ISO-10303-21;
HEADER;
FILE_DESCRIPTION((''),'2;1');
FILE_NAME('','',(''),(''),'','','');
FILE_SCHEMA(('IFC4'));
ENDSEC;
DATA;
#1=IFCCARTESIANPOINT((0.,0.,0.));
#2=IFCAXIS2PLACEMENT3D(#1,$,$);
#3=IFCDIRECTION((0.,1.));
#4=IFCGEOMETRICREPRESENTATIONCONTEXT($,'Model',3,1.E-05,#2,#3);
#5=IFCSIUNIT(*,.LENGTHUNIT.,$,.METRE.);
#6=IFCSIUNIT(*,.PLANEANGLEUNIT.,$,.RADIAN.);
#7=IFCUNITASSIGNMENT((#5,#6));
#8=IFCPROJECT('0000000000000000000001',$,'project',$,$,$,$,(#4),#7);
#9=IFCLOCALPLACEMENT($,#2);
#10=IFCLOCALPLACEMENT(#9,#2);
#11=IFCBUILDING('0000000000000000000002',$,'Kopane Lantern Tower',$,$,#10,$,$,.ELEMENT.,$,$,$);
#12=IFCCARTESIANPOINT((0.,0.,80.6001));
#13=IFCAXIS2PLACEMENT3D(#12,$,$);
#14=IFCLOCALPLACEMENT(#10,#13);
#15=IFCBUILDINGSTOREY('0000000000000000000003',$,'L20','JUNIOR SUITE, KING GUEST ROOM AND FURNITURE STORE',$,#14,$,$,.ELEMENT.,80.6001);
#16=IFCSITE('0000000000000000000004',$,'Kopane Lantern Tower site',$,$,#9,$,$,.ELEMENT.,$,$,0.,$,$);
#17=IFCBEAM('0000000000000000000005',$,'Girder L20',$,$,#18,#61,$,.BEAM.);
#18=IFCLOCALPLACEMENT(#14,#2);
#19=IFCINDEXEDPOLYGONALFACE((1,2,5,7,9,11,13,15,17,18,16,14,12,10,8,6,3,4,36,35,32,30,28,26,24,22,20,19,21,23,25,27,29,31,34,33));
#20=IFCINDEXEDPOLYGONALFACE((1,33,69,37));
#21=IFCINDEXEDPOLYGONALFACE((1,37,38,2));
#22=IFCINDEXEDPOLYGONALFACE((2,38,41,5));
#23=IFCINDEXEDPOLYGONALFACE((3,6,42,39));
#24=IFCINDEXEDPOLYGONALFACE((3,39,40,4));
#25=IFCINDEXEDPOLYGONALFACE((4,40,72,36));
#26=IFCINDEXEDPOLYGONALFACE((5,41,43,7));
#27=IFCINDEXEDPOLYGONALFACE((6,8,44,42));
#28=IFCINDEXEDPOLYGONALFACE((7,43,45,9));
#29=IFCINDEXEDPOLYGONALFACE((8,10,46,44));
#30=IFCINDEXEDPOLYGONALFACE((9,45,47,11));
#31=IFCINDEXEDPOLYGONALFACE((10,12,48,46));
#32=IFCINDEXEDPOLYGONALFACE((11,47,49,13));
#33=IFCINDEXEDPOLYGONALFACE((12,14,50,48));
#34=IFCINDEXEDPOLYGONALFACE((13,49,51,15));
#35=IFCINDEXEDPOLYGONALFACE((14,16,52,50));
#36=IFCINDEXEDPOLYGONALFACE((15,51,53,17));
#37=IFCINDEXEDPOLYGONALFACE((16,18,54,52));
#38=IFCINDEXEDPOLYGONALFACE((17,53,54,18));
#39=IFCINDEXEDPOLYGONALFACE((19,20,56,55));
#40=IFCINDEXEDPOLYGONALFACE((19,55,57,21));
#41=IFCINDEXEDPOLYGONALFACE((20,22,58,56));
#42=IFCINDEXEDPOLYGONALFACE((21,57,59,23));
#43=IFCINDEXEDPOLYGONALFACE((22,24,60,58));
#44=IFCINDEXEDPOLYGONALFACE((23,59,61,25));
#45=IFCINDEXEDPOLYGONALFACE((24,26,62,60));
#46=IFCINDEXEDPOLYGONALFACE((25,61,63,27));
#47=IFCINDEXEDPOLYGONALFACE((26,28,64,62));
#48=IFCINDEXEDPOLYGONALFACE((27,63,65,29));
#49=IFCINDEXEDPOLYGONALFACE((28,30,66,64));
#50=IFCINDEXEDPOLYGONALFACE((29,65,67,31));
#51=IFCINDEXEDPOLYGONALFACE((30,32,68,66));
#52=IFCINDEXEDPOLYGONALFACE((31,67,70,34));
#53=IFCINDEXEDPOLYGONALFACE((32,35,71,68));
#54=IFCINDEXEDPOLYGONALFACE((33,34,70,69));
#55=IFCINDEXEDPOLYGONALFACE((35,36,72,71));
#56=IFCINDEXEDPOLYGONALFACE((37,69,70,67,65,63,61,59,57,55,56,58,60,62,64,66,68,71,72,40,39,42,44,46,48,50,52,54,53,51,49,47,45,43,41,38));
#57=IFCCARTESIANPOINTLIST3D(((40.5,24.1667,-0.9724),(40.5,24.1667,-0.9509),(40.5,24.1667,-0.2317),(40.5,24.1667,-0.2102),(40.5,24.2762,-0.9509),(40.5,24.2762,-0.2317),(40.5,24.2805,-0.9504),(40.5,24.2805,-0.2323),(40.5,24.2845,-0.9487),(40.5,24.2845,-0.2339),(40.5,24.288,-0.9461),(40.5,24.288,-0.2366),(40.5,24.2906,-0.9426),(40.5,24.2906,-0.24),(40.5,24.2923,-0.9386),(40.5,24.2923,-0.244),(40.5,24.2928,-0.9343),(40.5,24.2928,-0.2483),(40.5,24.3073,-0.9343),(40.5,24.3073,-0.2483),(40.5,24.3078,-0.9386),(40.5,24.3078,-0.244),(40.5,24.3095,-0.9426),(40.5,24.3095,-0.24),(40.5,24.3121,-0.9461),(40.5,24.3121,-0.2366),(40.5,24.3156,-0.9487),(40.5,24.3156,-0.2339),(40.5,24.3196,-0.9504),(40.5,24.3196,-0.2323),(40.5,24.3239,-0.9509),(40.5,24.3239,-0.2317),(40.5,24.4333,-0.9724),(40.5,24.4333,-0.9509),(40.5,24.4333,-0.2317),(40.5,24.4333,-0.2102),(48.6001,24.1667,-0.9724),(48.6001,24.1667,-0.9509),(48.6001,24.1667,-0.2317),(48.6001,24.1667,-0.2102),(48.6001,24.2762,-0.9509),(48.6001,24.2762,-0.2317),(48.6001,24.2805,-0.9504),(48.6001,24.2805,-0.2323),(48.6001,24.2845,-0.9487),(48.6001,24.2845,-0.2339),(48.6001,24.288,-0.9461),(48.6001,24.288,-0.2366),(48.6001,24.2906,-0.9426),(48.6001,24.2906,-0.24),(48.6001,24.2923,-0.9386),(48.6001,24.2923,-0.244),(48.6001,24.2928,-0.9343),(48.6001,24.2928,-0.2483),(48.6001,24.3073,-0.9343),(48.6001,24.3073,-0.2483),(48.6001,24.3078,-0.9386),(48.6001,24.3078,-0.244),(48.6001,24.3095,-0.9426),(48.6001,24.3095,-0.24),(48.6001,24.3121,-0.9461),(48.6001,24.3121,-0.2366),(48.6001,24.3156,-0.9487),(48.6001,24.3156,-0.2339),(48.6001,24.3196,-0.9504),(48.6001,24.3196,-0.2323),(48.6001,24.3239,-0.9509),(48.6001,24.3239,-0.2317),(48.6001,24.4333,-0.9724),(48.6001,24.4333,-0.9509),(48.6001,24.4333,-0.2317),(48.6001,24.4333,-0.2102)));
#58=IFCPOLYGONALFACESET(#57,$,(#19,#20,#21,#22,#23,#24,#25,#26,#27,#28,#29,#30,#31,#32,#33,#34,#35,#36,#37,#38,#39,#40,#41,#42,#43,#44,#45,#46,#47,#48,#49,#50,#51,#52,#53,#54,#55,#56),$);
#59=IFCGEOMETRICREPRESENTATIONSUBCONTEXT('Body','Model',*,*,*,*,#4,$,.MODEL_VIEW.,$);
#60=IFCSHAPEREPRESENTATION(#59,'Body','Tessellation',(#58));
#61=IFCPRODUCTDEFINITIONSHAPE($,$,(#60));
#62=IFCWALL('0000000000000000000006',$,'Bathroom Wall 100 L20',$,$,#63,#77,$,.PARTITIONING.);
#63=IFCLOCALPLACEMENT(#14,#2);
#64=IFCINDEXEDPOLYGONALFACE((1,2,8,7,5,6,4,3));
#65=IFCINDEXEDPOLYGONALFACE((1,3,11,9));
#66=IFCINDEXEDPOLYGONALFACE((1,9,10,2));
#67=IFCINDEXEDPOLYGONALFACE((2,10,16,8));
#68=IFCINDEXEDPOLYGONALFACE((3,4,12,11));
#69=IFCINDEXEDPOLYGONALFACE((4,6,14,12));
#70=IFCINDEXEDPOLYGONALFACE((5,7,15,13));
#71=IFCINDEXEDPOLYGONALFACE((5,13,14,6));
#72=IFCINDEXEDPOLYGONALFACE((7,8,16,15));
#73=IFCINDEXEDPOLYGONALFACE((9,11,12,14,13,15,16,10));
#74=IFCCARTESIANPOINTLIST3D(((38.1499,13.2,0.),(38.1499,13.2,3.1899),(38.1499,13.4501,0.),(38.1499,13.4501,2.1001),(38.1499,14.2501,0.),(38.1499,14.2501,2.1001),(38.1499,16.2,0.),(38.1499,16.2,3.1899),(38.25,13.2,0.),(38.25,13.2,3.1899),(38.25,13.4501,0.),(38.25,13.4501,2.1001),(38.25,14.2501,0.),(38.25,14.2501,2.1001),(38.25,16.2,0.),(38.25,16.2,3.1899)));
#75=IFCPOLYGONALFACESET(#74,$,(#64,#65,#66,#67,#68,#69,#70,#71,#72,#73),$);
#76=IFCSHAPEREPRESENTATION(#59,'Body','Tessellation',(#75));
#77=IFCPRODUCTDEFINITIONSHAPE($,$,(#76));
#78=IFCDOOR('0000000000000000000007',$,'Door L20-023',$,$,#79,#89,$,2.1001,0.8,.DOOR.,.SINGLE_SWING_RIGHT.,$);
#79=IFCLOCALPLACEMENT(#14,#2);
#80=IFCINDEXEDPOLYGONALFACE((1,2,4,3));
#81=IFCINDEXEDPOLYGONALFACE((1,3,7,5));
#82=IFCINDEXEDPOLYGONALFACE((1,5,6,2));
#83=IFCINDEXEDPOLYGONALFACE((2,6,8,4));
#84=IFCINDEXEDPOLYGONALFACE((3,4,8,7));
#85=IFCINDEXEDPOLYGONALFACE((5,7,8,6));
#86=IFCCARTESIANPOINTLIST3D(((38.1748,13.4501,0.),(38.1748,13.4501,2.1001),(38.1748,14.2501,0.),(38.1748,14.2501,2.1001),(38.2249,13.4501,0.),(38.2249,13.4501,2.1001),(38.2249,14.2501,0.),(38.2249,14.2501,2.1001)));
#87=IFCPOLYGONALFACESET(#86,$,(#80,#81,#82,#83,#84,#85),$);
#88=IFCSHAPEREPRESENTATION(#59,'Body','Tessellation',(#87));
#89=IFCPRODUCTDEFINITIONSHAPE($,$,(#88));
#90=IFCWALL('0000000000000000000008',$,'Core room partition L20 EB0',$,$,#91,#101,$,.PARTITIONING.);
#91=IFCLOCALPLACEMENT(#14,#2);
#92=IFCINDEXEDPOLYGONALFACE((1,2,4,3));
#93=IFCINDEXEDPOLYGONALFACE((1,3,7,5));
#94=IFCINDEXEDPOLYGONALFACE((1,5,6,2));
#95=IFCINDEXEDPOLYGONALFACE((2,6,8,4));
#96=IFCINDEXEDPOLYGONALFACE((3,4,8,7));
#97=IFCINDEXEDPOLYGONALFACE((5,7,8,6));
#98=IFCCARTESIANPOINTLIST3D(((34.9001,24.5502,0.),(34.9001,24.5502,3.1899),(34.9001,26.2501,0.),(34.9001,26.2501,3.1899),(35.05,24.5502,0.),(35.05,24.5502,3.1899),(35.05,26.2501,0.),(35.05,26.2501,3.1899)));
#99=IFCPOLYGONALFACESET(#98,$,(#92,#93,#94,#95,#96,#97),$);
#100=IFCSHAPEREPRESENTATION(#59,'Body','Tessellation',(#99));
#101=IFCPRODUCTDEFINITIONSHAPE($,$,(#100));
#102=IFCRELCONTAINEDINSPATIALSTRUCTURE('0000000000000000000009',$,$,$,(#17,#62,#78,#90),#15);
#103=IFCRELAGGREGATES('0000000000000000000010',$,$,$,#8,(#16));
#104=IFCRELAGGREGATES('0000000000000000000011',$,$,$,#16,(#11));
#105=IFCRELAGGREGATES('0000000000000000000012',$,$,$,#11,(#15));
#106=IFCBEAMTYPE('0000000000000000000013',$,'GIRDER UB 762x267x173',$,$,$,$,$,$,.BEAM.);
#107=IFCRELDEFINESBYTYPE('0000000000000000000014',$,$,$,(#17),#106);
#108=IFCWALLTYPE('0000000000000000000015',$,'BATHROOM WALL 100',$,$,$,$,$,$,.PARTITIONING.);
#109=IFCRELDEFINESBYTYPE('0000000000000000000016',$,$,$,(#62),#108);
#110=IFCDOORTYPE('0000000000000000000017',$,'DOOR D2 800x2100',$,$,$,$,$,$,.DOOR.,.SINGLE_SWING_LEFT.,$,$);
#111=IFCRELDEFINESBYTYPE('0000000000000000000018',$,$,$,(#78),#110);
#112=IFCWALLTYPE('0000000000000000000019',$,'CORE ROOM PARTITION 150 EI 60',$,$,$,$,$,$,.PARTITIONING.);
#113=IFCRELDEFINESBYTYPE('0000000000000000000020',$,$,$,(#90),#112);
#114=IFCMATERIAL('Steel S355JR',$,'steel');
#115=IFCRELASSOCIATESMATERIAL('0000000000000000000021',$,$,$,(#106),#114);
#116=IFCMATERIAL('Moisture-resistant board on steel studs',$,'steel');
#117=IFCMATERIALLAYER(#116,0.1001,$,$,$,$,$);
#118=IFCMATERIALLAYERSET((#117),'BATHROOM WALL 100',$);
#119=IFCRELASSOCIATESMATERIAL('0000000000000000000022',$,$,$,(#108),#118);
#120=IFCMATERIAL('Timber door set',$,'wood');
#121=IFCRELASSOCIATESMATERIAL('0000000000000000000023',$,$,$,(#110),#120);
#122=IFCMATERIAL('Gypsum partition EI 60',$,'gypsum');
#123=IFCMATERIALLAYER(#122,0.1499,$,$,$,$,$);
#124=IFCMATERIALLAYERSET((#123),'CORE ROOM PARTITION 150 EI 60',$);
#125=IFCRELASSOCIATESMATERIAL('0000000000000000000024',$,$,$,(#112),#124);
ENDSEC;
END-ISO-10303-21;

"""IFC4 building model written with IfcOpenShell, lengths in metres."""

from ifc_helpers import new_model, si_unit, direction, frame, frame_2d, origin, origin_2d, place, context, subcontext, project, spatial, rectangle, i_section, extrude, material, layer, layer_set, material_profile, profile_set, type_object, element, fill, save


model = new_model("IFC4")

# Units and contexts
model_context = context("Model", 3, precision=1e-05, world=origin(), true_north=direction((0.0, 1.0)))
body_context = subcontext(model_context, "Body", "Model", "MODEL_VIEW")
ifc_project = project(units=[si_unit("LENGTHUNIT", "METRE"), si_unit("PLANEANGLEUNIT", "RADIAN")], contexts=[model_context])

# Site, building, storey
site_placement = place(None, origin())
site = spatial("IfcSite", under=ifc_project, at=site_placement, Name="Kopane Lantern Tower site", CompositionType="ELEMENT", RefElevation=0.0)
building_placement = place(site_placement, origin())
building = spatial("IfcBuilding", under=site, at=building_placement, Name="Kopane Lantern Tower", CompositionType="ELEMENT")
storey_placement = place(building_placement, frame((0.0, 0.0, 80.6001)))
storey = spatial("IfcBuildingStorey", under=building, at=storey_placement, Name="L20", Description="JUNIOR SUITE, KING GUEST ROOM AND FURNITURE STORE", CompositionType="ELEMENT", Elevation=80.6001)

# Beam
ifc_material_1 = material(Name="Steel S355JR", Category="steel")
ifc_material_profile_1 = material_profile(ifc_material_1, i_section(OverallWidth=0.2666, OverallDepth=0.7622, WebThickness=0.0144, FlangeThickness=0.0215, FilletRadius=0.0166, at=origin_2d()), Name="UB 762x267x173")
ifc_profile_set_1 = profile_set([ifc_material_profile_1], Name="Steel S355JR")
beam_type_1 = type_object("IfcBeamType", Name="GIRDER UB 762x267x173", PredefinedType="BEAM", material=ifc_profile_set_1)
beam_1_placement = place(storey_placement, frame((40.5, 24.3, -0.5913), z_axis=(1.0, 0.0, 0.0), x_axis=(0.0, 1.0, 0.0)))
element("IfcBeam", 1, at=beam_1_placement, inside=storey, type_object=beam_type_1, Name="Girder L20", PredefinedType="BEAM", context=body_context, shape_type="SweptSolid", body=[
    extrude(i_section(OverallWidth=0.2666, OverallDepth=0.7622, WebThickness=0.0144, FlangeThickness=0.0215, FilletRadius=0.0166, at=origin_2d()), origin(), (0.0, 0.0, 1.0), 8.1001),
])

# Wall, opening, door
ifc_material_2 = material(Name="Moisture-resistant board on steel studs", Category="steel")
ifc_layer_1 = layer(ifc_material_2, 0.1001)
ifc_layer_set_1 = layer_set([ifc_layer_1], Name="BATHROOM WALL 100")
wall_type_1 = type_object("IfcWallType", Name="BATHROOM WALL 100", PredefinedType="PARTITIONING", material=ifc_layer_set_1)
wall_1_placement = place(storey_placement, frame((38.2, 16.2, 0.0), z_axis=(0.0, 0.0, 1.0), x_axis=(0.0, -1.0, 0.0)))
wall_1 = element("IfcWall", 2, at=wall_1_placement, inside=storey, type_object=wall_type_1, Name="Bathroom Wall 100 L20", PredefinedType="PARTITIONING", context=body_context, shape_type="SweptSolid", body=[
    extrude(rectangle(XDim=3.0, YDim=0.1001, at=frame_2d((1.5, 0.0))), origin(), (0.0, 0.0, 1.0), 3.1899),
])
opening_1_placement = place(wall_1_placement, frame((1.95, 0.0, 0.0)))
opening_1 = element("IfcOpeningElement", 3, at=opening_1_placement, cuts=wall_1, PredefinedType="OPENING", context=body_context, shape_type="SweptSolid", body=[
    extrude(rectangle(XDim=0.8, YDim=2.1001, at=frame_2d((0.3999, 1.05))), frame((0.0, 0.0601, 0.0), z_axis=(0.0, -1.0, 0.0), x_axis=(1.0, 0.0, 0.0)), (0.0, 0.0, 1.0), 0.1201),
])
ifc_material_3 = material(Name="Timber door set", Category="wood")
door_type_1 = type_object("IfcDoorType", Name="DOOR D2 800x2100", OperationType="SINGLE_SWING_LEFT", PredefinedType="DOOR", material=ifc_material_3)
door_1_placement = place(opening_1_placement, origin())
door_1 = element("IfcDoor", 4, at=door_1_placement, inside=storey, type_object=door_type_1, Name="Door L20-023", OperationType="SINGLE_SWING_RIGHT", OverallHeight=2.1001, OverallWidth=0.8, PredefinedType="DOOR", context=body_context, shape_type="SweptSolid", body=[
    extrude(rectangle(XDim=0.8, YDim=2.1001, at=frame_2d((0.3999, 1.05))), frame((0.0, 0.0249, 0.0), z_axis=(0.0, -1.0, 0.0), x_axis=(1.0, 0.0, 0.0)), (0.0, 0.0, 1.0), 0.05),
])
fill(opening_1, door_1)

# Wall
ifc_material_4 = material(Name="Gypsum partition EI 60", Category="gypsum")
ifc_layer_2 = layer(ifc_material_4, 0.1499)
ifc_layer_set_2 = layer_set([ifc_layer_2], Name="CORE ROOM PARTITION 150 EI 60")
wall_type_2 = type_object("IfcWallType", Name="CORE ROOM PARTITION 150 EI 60", PredefinedType="PARTITIONING", material=ifc_layer_set_2)
wall_2_placement = place(storey_placement, frame((34.9751, 24.55, 0.0), z_axis=(0.0, 0.0, 1.0), x_axis=(0.0, 1.0, 0.0)))
element("IfcWall", 5, at=wall_2_placement, inside=storey, type_object=wall_type_2, Name="Core room partition L20 EB0", PredefinedType="PARTITIONING", context=body_context, shape_type="SweptSolid", body=[
    extrude(rectangle(XDim=1.7, YDim=0.1499, at=frame_2d((0.8501, 0.0))), origin(), (0.0, 0.0, 1.0), 3.1899),
])

save(model, "model.ifc")
